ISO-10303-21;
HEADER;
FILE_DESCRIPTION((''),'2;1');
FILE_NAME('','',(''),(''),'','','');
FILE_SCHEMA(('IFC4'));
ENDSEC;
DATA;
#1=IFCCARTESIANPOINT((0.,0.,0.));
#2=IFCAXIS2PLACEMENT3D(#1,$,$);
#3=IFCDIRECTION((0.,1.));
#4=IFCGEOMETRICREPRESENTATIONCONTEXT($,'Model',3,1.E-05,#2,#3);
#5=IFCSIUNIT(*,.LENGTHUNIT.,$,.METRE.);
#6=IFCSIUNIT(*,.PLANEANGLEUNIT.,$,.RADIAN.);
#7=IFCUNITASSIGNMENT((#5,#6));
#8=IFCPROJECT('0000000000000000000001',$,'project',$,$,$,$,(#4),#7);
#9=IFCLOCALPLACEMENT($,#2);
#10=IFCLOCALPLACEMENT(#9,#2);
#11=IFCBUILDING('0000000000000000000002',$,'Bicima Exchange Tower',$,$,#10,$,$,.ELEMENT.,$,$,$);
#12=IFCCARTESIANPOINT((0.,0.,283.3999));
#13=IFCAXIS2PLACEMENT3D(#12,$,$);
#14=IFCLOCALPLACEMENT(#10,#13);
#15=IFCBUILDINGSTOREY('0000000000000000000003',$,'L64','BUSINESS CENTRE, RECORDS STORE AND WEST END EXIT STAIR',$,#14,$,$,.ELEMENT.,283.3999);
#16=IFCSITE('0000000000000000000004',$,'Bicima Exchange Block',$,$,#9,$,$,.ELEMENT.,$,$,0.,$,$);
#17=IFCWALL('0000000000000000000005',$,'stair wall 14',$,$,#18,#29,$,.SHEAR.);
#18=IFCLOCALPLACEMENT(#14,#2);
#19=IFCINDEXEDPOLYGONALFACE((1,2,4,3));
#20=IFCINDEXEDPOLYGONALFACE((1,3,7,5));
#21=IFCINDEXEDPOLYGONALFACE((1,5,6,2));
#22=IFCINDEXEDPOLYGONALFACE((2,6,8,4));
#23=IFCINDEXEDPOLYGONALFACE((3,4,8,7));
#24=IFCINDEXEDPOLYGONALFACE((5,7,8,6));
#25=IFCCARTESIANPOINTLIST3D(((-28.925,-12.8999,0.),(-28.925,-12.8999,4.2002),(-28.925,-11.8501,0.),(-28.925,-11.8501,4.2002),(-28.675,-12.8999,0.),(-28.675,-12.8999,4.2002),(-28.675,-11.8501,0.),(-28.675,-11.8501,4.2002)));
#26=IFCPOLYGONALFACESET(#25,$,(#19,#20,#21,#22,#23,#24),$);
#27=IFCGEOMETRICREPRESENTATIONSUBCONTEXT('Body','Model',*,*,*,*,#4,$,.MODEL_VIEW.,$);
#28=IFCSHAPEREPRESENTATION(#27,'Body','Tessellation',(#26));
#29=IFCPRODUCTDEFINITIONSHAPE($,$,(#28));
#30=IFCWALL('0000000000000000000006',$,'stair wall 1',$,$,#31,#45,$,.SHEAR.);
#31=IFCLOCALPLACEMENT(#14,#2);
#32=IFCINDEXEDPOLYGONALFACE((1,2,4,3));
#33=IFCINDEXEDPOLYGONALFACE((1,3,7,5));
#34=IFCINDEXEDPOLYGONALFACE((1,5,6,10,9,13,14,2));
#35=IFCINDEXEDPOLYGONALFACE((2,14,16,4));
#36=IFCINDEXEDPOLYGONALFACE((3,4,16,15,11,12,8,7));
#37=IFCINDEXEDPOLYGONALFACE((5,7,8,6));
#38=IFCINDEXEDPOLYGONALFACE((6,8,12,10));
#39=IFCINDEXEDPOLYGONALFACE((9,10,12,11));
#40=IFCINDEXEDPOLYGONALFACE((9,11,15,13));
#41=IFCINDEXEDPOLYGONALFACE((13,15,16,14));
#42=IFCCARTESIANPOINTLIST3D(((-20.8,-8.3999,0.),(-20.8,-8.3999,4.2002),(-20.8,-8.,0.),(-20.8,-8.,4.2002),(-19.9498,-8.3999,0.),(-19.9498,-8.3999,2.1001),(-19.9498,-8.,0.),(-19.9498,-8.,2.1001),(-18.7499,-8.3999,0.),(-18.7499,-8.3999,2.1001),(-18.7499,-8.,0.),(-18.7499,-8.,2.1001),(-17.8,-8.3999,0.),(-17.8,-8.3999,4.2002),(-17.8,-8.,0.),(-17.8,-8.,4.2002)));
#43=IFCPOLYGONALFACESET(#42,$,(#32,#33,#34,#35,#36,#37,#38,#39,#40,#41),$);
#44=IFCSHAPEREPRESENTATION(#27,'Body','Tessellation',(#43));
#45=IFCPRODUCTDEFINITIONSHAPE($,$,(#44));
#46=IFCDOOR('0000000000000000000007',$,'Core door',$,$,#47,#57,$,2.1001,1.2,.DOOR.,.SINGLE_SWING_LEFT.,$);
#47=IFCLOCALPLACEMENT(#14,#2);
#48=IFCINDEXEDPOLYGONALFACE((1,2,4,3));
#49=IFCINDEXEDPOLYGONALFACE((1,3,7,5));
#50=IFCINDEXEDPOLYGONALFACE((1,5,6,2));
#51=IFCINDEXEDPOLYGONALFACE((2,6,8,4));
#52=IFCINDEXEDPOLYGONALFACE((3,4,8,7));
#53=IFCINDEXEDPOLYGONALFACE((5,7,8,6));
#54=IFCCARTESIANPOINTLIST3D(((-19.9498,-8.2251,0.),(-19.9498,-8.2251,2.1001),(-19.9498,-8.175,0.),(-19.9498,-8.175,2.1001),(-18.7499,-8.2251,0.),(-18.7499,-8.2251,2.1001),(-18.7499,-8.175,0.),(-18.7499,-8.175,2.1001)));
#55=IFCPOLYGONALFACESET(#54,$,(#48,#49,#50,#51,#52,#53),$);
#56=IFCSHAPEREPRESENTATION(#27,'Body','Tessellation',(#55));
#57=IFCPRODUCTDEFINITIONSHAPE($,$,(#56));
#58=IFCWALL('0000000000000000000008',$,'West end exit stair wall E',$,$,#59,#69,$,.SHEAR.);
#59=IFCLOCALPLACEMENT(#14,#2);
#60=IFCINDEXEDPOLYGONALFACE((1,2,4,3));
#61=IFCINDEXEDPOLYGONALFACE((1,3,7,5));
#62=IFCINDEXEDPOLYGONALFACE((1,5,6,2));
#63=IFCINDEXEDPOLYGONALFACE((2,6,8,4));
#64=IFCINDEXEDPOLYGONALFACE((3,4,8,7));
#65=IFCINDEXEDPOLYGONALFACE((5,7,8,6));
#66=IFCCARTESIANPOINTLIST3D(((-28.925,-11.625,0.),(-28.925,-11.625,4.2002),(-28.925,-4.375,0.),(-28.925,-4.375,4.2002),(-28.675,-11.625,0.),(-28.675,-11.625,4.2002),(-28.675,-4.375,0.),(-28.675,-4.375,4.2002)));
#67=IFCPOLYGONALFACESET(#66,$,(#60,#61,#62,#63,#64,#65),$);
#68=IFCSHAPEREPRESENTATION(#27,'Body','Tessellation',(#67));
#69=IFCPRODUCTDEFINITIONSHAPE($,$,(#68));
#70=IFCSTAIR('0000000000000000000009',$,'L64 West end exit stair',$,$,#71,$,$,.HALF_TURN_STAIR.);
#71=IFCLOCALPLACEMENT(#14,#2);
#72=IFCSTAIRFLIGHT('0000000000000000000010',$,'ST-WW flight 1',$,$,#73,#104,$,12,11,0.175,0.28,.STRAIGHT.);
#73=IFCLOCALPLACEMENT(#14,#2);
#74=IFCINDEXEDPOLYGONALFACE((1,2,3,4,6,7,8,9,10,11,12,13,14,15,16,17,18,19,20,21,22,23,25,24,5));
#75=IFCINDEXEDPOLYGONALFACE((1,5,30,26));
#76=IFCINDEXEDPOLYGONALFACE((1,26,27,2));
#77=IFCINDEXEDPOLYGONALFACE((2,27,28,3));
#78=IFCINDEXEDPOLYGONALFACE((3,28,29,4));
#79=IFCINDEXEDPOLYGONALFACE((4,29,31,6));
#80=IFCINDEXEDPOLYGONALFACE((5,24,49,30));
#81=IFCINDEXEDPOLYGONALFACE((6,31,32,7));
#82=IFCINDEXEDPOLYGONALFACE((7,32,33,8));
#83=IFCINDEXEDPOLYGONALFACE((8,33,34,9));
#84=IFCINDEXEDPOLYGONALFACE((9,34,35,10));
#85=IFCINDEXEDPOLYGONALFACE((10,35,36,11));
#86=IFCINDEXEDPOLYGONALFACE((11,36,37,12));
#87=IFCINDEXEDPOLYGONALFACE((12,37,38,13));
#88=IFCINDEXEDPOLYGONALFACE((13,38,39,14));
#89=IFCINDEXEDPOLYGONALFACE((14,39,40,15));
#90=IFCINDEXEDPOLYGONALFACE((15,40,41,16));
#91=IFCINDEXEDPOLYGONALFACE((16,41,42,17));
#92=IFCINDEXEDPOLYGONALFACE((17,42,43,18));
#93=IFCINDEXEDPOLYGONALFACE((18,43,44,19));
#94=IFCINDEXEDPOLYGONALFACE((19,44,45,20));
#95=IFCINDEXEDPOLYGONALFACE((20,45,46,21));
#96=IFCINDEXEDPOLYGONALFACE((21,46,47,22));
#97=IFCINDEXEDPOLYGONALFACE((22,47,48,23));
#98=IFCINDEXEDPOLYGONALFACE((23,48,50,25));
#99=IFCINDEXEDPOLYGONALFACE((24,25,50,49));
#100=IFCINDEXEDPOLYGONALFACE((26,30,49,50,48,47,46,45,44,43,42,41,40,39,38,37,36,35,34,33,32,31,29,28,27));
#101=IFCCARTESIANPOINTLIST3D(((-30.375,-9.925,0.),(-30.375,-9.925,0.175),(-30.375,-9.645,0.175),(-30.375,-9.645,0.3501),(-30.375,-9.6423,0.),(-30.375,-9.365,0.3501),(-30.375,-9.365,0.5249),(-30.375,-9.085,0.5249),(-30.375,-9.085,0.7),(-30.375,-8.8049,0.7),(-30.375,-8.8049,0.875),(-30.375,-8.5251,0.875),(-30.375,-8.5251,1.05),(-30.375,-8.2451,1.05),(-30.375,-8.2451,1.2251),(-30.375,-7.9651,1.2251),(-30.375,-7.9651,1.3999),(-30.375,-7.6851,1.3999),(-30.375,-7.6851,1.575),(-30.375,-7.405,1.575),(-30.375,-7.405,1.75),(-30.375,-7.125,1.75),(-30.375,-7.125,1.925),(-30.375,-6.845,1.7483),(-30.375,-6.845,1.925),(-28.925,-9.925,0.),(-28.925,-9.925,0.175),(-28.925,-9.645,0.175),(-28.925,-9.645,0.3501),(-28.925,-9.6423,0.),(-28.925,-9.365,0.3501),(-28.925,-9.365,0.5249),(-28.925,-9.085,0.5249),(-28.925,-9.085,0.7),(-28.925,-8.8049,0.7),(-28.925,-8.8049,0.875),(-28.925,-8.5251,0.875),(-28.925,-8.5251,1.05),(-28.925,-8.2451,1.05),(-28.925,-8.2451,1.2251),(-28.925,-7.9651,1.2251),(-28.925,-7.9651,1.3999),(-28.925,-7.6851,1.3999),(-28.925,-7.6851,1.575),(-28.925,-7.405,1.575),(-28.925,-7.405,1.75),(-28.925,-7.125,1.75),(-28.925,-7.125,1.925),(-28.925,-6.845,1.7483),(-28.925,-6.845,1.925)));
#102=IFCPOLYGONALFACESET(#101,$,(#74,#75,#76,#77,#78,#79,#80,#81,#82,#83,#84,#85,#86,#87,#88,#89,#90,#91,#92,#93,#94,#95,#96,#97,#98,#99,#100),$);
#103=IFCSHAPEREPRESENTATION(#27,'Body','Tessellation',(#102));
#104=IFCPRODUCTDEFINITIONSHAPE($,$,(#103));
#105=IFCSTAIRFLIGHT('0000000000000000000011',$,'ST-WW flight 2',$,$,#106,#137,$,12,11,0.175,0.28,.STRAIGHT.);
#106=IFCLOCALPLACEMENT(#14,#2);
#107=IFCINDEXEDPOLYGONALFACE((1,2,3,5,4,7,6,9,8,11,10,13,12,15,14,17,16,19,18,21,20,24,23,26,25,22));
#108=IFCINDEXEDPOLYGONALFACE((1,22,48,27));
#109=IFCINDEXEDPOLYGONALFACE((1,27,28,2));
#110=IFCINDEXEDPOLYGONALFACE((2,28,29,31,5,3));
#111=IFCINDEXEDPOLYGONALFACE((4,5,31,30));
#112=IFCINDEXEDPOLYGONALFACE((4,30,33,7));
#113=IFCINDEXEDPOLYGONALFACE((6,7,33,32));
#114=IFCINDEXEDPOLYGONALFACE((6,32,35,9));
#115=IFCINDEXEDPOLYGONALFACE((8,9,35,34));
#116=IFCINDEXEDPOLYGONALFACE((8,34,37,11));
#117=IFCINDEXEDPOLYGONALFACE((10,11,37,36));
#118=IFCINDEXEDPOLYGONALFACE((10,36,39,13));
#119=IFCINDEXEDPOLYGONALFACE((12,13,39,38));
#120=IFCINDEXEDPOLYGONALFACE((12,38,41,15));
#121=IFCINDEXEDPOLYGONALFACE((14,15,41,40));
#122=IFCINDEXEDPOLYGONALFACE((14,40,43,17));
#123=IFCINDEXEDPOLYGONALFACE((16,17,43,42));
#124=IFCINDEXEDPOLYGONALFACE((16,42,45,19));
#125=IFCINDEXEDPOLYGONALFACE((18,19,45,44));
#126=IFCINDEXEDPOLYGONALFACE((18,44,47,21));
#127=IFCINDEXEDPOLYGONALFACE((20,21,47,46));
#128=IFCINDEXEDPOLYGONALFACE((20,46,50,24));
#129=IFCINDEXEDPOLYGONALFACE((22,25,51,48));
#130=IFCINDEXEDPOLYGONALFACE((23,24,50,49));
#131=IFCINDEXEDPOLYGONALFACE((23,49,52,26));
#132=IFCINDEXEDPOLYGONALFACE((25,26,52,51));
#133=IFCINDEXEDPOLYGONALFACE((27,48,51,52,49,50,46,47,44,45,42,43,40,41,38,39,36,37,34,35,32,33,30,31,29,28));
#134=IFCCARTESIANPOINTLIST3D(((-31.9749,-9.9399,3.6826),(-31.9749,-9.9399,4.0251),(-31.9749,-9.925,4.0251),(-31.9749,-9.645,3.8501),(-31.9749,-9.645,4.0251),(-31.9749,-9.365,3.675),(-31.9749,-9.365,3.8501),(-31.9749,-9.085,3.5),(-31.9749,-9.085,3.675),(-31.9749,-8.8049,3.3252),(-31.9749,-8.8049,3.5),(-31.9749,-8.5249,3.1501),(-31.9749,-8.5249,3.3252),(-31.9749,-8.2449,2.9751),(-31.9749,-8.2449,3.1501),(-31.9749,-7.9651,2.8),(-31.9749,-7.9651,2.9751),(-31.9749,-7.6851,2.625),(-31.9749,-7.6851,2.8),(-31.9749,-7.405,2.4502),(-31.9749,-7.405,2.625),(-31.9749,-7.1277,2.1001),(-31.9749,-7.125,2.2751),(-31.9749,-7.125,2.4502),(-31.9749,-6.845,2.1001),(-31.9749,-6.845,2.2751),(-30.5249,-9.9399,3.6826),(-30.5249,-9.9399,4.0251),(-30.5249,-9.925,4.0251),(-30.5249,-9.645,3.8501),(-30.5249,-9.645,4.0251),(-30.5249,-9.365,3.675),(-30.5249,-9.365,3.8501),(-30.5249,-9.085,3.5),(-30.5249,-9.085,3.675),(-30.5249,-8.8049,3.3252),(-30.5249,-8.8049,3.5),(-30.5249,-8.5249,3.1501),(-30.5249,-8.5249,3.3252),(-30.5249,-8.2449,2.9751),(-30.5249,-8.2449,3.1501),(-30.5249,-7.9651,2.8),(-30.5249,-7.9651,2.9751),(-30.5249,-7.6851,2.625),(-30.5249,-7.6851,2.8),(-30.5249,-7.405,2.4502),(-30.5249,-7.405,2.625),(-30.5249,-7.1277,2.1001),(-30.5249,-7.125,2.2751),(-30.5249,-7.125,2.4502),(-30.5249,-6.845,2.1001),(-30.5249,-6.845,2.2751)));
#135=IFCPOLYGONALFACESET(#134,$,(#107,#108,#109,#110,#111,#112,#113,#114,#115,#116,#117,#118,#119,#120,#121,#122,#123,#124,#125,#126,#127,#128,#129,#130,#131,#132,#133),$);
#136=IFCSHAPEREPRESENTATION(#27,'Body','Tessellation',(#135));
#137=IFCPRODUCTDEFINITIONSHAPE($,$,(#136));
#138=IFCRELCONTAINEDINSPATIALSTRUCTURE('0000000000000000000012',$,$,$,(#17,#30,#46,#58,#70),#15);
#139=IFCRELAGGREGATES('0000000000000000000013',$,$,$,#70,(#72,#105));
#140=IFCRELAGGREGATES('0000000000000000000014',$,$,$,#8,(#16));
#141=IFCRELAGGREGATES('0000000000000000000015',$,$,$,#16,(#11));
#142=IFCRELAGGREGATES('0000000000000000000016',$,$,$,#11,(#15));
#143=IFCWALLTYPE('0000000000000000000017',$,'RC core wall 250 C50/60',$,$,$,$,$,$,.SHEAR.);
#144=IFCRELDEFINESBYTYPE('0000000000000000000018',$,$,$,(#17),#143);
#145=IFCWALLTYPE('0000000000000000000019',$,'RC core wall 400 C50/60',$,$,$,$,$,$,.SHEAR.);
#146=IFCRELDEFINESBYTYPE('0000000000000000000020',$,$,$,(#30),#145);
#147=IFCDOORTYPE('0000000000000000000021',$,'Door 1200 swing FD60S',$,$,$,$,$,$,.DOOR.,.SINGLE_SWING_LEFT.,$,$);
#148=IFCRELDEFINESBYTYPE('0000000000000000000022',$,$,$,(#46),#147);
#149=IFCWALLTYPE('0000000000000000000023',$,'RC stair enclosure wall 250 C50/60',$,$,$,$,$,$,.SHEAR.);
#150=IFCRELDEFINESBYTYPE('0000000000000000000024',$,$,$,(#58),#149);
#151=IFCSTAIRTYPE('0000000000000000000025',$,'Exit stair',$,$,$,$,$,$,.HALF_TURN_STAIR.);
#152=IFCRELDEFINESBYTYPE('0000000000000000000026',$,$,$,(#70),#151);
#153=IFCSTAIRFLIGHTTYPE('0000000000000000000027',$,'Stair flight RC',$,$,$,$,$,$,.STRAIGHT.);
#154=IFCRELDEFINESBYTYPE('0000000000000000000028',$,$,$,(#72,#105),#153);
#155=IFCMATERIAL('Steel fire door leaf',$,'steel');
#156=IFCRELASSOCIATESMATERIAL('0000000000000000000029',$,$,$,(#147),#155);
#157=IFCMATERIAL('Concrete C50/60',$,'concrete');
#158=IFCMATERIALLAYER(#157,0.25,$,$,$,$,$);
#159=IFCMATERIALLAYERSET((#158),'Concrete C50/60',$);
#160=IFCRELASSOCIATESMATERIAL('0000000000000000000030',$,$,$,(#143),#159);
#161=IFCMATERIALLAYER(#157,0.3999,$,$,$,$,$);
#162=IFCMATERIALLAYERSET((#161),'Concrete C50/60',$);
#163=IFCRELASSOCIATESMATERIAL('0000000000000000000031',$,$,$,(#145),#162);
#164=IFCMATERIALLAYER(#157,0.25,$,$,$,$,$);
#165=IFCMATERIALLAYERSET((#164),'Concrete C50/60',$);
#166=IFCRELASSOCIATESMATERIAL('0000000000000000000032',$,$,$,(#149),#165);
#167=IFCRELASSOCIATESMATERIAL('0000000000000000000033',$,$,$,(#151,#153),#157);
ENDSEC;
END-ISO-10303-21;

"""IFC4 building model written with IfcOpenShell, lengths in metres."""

from ifc_helpers import new_model, si_unit, direction, frame, frame_2d, origin, place, context, subcontext, project, spatial, polyline, rectangle, outline, extrude, material, layer, layer_set, type_object, element, fill, aggregate, save


model = new_model("IFC4")

# Units and contexts
model_context = context("Model", 3, precision=1e-05, world=origin(), true_north=direction((0.0, 1.0)))
body_context = subcontext(model_context, "Body", "Model", "MODEL_VIEW")
ifc_project = project(units=[si_unit("LENGTHUNIT", "METRE"), si_unit("PLANEANGLEUNIT", "RADIAN")], contexts=[model_context])

# Site, building, storey
site_placement = place(None, origin())
site = spatial("IfcSite", under=ifc_project, at=site_placement, Name="Bicima Exchange Block", CompositionType="ELEMENT", RefElevation=0.0)
building_placement = place(site_placement, origin())
building = spatial("IfcBuilding", under=site, at=building_placement, Name="Bicima Exchange Tower", CompositionType="ELEMENT")
storey_placement = place(building_placement, frame((0.0, 0.0, 283.3999)))
storey = spatial("IfcBuildingStorey", under=building, at=storey_placement, Name="L64", Description="BUSINESS CENTRE, RECORDS STORE AND WEST END EXIT STAIR", CompositionType="ELEMENT", Elevation=283.3999)

# Shared definitions
ifc_material_1 = material(Name="Steel fire door leaf", Category="steel")
door_type_1 = type_object("IfcDoorType", Name="Door 1200 swing FD60S", OperationType="SINGLE_SWING_LEFT", PredefinedType="DOOR", material=ifc_material_1)

# Wall
ifc_material_2 = material(Name="Concrete C50/60", Category="concrete")
ifc_layer_1 = layer(ifc_material_2, 0.25)
ifc_layer_set_1 = layer_set([ifc_layer_1], Name="Concrete C50/60")
wall_type_1 = type_object("IfcWallType", Name="RC core wall 250 C50/60", PredefinedType="SHEAR", material=ifc_layer_set_1)
wall_1_placement = place(storey_placement, frame((-28.8, -12.8999, 0.0), z_axis=(0.0, 0.0, 1.0), x_axis=(0.0, 1.0, 0.0)))
element("IfcWall", 1, at=wall_1_placement, inside=storey, type_object=wall_type_1, Name="stair wall 14", PredefinedType="SHEAR", context=body_context, shape_type="SweptSolid", body=[
    extrude(rectangle(XDim=1.0498, YDim=0.25, at=frame_2d((0.5249, 0.0))), origin(), (0.0, 0.0, 1.0), 4.2002),
])

# Wall, opening, door
ifc_layer_2 = layer(ifc_material_2, 0.3999)
ifc_layer_set_2 = layer_set([ifc_layer_2], Name="Concrete C50/60")
wall_type_2 = type_object("IfcWallType", Name="RC core wall 400 C50/60", PredefinedType="SHEAR", material=ifc_layer_set_2)
wall_2_placement = place(storey_placement, frame((-20.8, -8.2, 0.0), z_axis=(0.0, 0.0, 1.0), x_axis=(1.0, 0.0, 0.0)))
wall_2 = element("IfcWall", 2, at=wall_2_placement, inside=storey, type_object=wall_type_2, Name="stair wall 1", PredefinedType="SHEAR", context=body_context, shape_type="SweptSolid", body=[
    extrude(rectangle(XDim=3.0, YDim=0.3999, at=frame_2d((1.5, 0.0))), origin(), (0.0, 0.0, 1.0), 4.2002),
])
opening_1_placement = place(wall_2_placement, frame((0.8501, 0.0, 0.0)))
opening_1 = element("IfcOpeningElement", 3, at=opening_1_placement, cuts=wall_2, PredefinedType="OPENING", context=body_context, shape_type="SweptSolid", body=[
    extrude(rectangle(XDim=1.2, YDim=2.1001, at=frame_2d((0.6001, 1.05))), frame((0.0, 0.2119, 0.0), z_axis=(0.0, -1.0, 0.0), x_axis=(1.0, 0.0, 0.0)), (0.0, 0.0, 1.0), 0.4238),
])
door_1_placement = place(opening_1_placement, origin())
door_1 = element("IfcDoor", 4, at=door_1_placement, inside=storey, type_object=door_type_1, Name="Core door", OperationType="SINGLE_SWING_LEFT", OverallHeight=2.1001, OverallWidth=1.2, PredefinedType="DOOR", context=body_context, shape_type="SweptSolid", body=[
    extrude(rectangle(XDim=1.2, YDim=2.1001, at=frame_2d((0.6001, 1.05))), frame((0.0, 0.0249, 0.0), z_axis=(0.0, -1.0, 0.0), x_axis=(1.0, 0.0, 0.0)), (0.0, 0.0, 1.0), 0.05),
])
fill(opening_1, door_1)

# Wall
ifc_layer_3 = layer(ifc_material_2, 0.25)
ifc_layer_set_3 = layer_set([ifc_layer_3], Name="Concrete C50/60")
wall_type_3 = type_object("IfcWallType", Name="RC stair enclosure wall 250 C50/60", PredefinedType="SHEAR", material=ifc_layer_set_3)
wall_3_placement = place(storey_placement, frame((-28.8, -11.625, 0.0), z_axis=(0.0, 0.0, 1.0), x_axis=(0.0, 1.0, 0.0)))
element("IfcWall", 5, at=wall_3_placement, inside=storey, type_object=wall_type_3, Name="West end exit stair wall E", PredefinedType="SHEAR", context=body_context, shape_type="SweptSolid", body=[
    extrude(rectangle(XDim=7.25, YDim=0.25, at=frame_2d((3.625, 0.0))), origin(), (0.0, 0.0, 1.0), 4.2002),
])

# Stair, stair flights
stair_type = type_object("IfcStairType", Name="Exit stair", PredefinedType="HALF_TURN_STAIR", material=ifc_material_2)
stair_placement = place(storey_placement, origin())
stair = element("IfcStair", 6, at=stair_placement, inside=storey, type_object=stair_type, Name="L64 West end exit stair", PredefinedType="HALF_TURN_STAIR")
stair_flight_type = type_object("IfcStairFlightType", Name="Stair flight RC", PredefinedType="STRAIGHT", material=ifc_material_2)
stair_flight_1_placement = place(storey_placement, frame((-29.6499, -9.925, 0.0), z_axis=(0.0, 0.0, 1.0), x_axis=(0.0, 1.0, 0.0)))
stair_flight_1 = element("IfcStairFlight", 7, at=stair_flight_1_placement, type_object=stair_flight_type, Name="ST-WW flight 1", NumberOfRisers=12, NumberOfTreads=11, PredefinedType="STRAIGHT", RiserHeight=0.175, TreadLength=0.28, context=body_context, shape_type="SweptSolid", body=[
    extrude(outline(polyline([(0.0, 0.0), (0.0, 0.175), (0.28, 0.175), (0.28, 0.3501), (0.5601, 0.3501), (0.5601, 0.5249), (0.8401, 0.5249), (0.8401, 0.7), (1.1201, 0.7), (1.1201, 0.875), (1.3999, 0.875), (1.3999, 1.05), (1.6799, 1.05), (1.6799, 1.2251), (1.96, 1.2251), (1.96, 1.3999), (2.24, 1.3999), (2.24, 1.575), (2.52, 1.575), (2.52, 1.75), (2.8, 1.75), (2.8, 1.925), (3.0801, 1.925), (3.0801, 2.1001), (3.0801, 1.7483), (0.2827, 0.0), (0.0, 0.0)])), frame((0.0, 0.7251, 0.0), z_axis=(0.0, -1.0, 0.0), x_axis=(1.0, 0.0, 0.0)), (0.0, 0.0, 1.0), 1.45),
])
stair_flight_2_placement = place(storey_placement, frame((-31.25, -6.845, 2.1001), z_axis=(0.0, 0.0, 1.0), x_axis=(0.0, -1.0, 0.0)))
stair_flight_2 = element("IfcStairFlight", 8, at=stair_flight_2_placement, type_object=stair_flight_type, Name="ST-WW flight 2", NumberOfRisers=12, NumberOfTreads=11, PredefinedType="STRAIGHT", RiserHeight=0.175, TreadLength=0.28, context=body_context, shape_type="SweptSolid", body=[
    extrude(outline(polyline([(0.0, 0.0), (0.0, 0.175), (0.28, 0.175), (0.28, 0.3501), (0.5601, 0.3501), (0.5601, 0.5249), (0.8401, 0.5249), (0.8401, 0.7), (1.1201, 0.7), (1.1201, 0.875), (1.3999, 0.875), (1.3999, 1.05), (1.6799, 1.05), (1.6799, 1.2251), (1.96, 1.2251), (1.96, 1.3999), (2.24, 1.3999), (2.24, 1.575), (2.52, 1.575), (2.52, 1.75), (2.8, 1.75), (2.8, 1.925), (3.0801, 1.925), (3.095, 1.925), (3.095, 1.5825), (0.2827, 0.0), (0.0, 0.0)])), frame((0.0, 0.7251, 0.0), z_axis=(0.0, -1.0, 0.0), x_axis=(1.0, 0.0, 0.0)), (0.0, 0.0, 1.0), 1.45),
])
aggregate(stair, [stair_flight_1, stair_flight_2])

save(model, "model.ifc")
